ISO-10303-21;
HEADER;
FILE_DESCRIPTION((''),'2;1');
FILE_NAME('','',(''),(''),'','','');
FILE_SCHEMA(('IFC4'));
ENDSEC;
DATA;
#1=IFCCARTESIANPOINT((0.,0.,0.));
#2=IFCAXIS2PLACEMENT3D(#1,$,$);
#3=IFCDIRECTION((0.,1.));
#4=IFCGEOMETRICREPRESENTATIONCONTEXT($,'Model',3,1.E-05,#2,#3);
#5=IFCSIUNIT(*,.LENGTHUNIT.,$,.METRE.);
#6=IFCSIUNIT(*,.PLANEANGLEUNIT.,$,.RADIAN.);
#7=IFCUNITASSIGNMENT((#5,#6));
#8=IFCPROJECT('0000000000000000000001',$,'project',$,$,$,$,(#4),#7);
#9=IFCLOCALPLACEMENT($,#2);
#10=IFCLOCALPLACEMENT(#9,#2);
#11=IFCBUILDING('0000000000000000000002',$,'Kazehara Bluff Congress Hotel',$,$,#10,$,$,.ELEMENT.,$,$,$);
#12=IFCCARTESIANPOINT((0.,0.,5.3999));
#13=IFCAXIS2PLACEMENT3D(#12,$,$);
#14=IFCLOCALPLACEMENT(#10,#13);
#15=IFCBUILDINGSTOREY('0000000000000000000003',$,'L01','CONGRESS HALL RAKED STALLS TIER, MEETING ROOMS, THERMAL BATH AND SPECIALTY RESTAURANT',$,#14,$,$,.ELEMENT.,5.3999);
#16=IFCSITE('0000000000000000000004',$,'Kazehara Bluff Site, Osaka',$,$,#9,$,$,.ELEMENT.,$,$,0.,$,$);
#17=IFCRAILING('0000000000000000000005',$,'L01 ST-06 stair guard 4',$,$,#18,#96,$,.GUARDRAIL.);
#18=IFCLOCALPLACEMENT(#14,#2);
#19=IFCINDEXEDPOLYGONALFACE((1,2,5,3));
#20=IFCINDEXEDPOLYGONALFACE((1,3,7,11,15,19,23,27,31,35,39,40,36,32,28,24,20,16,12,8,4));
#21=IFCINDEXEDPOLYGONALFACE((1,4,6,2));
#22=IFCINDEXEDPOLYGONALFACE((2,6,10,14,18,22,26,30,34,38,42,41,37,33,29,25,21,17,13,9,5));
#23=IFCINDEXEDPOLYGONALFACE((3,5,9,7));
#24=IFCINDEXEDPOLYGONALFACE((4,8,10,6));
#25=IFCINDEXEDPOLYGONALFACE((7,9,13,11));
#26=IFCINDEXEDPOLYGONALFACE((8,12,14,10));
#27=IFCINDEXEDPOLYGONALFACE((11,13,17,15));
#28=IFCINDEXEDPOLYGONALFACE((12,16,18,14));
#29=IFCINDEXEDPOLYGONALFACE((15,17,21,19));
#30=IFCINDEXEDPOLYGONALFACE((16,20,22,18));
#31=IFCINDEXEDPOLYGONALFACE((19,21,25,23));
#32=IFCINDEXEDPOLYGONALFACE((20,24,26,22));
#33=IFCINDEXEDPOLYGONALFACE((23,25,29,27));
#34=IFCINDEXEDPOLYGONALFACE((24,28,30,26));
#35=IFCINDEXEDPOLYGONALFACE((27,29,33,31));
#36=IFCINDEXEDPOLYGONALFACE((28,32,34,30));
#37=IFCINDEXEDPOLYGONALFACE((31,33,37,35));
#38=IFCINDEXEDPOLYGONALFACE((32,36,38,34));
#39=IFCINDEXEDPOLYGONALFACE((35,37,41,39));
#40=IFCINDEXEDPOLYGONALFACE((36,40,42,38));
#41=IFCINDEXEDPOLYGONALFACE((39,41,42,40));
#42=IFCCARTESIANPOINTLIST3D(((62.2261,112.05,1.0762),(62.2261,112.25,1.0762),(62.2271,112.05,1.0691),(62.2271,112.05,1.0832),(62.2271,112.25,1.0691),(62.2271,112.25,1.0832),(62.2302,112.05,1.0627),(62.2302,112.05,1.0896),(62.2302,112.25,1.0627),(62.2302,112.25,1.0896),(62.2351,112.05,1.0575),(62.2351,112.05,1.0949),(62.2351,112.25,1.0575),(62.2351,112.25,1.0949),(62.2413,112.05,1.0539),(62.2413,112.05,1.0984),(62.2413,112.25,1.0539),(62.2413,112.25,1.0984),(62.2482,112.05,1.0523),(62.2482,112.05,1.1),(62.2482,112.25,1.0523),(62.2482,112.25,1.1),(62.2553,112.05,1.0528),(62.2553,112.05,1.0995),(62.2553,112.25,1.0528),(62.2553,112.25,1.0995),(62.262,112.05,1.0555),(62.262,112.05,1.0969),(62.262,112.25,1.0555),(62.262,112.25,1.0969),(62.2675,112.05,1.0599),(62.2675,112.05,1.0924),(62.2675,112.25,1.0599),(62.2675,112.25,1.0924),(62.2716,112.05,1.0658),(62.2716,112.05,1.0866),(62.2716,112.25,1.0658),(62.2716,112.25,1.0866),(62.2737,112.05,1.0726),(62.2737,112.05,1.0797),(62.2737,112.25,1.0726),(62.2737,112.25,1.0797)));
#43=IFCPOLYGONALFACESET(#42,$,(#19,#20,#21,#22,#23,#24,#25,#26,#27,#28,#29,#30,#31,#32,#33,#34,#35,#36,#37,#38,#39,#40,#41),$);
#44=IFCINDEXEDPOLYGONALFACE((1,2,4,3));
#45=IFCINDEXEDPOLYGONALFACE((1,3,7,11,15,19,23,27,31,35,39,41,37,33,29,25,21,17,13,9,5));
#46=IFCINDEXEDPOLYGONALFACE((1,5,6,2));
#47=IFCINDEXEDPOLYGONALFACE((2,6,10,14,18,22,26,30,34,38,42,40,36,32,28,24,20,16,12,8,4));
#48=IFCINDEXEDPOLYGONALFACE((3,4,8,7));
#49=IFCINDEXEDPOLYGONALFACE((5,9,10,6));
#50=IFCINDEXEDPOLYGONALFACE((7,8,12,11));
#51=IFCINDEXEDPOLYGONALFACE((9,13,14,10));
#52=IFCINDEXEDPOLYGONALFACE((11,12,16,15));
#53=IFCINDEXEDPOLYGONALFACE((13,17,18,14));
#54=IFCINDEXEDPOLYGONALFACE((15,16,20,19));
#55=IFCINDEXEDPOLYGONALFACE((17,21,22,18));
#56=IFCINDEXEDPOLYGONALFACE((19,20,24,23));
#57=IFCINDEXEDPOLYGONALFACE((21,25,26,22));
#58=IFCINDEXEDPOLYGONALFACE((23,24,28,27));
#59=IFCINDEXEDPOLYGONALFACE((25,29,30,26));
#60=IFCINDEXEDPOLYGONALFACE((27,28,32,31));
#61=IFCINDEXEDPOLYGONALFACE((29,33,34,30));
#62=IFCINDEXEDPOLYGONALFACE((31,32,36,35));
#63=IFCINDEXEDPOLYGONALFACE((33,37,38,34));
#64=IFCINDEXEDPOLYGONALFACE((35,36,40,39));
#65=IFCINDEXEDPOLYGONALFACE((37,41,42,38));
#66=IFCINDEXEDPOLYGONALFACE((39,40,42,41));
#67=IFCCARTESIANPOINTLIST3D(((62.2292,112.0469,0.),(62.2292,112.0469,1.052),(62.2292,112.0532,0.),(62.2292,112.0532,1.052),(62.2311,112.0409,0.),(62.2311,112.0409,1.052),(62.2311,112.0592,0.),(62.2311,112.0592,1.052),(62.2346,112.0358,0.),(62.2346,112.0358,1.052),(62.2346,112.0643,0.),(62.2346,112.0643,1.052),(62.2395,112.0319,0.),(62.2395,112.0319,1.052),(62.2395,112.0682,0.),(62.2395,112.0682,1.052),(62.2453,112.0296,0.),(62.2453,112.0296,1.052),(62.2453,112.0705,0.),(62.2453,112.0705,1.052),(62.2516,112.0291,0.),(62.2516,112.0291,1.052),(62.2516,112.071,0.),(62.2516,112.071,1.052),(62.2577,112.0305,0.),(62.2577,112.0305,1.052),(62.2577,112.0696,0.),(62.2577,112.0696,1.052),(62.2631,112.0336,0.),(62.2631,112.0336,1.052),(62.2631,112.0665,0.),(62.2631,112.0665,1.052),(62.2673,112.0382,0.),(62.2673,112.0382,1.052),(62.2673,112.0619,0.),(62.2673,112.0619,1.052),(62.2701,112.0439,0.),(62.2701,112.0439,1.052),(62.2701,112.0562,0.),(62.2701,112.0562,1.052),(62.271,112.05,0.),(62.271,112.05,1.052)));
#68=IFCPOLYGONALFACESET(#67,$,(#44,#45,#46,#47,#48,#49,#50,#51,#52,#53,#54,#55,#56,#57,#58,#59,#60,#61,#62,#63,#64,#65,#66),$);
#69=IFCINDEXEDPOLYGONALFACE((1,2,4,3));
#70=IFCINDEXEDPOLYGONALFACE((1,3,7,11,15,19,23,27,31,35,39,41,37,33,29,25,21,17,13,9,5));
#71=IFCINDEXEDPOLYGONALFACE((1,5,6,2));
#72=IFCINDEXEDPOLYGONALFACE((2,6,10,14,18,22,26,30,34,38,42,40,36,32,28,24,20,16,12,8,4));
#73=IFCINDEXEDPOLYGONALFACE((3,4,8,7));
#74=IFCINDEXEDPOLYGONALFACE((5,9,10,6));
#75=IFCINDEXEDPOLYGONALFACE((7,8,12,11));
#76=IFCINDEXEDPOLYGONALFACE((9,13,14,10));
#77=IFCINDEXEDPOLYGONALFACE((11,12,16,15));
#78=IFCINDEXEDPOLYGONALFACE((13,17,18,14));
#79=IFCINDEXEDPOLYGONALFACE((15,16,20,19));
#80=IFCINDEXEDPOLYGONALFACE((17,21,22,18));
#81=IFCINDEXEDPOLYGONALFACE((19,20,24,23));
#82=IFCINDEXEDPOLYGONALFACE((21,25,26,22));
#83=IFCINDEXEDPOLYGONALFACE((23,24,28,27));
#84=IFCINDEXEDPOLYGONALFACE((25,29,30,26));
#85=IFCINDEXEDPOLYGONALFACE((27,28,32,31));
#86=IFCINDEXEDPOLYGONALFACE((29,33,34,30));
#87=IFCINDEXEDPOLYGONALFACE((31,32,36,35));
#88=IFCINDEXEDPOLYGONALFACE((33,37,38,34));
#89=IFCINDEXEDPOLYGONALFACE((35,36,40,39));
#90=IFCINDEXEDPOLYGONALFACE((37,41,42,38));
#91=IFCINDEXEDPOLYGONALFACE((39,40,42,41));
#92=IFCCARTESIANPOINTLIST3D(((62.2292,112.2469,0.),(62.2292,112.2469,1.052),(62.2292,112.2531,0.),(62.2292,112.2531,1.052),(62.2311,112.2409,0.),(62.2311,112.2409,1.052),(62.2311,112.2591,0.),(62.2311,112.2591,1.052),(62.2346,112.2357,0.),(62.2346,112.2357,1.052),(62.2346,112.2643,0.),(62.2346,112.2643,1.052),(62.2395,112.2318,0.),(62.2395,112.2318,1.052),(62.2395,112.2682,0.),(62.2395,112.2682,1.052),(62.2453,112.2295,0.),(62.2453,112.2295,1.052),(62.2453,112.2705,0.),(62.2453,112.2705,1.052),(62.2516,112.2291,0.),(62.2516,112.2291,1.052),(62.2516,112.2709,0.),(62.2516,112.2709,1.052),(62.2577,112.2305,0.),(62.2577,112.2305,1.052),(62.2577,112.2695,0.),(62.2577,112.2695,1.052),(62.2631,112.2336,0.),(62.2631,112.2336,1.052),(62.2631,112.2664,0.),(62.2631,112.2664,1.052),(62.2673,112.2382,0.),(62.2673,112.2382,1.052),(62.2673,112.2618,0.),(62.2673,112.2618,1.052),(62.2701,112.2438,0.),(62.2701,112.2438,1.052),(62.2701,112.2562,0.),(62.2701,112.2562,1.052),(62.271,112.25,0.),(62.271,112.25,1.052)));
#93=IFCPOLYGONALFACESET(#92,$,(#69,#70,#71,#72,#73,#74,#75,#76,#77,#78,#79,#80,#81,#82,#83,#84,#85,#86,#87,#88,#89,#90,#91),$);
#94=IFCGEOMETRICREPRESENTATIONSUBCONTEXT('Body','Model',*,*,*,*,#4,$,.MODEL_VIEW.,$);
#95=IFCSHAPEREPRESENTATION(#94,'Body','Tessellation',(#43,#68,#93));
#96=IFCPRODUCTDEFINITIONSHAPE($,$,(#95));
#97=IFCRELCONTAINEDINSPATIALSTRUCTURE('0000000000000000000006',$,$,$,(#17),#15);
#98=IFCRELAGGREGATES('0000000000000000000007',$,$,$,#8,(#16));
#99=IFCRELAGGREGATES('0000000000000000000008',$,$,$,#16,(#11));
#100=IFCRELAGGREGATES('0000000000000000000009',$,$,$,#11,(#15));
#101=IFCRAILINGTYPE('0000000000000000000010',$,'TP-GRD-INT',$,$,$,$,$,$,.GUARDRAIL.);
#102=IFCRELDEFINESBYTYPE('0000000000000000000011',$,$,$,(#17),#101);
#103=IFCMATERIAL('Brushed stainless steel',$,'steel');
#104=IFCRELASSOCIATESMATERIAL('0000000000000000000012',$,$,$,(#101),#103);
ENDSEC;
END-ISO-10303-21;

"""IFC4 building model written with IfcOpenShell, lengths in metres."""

from ifc_helpers import new_model, si_unit, direction, frame, origin, origin_2d, place, context, subcontext, project, spatial, circle, extrude, material, type_object, element, save


model = new_model("IFC4")

# Units and contexts
model_context = context("Model", 3, precision=1e-05, world=origin(), true_north=direction((0.0, 1.0)))
body_context = subcontext(model_context, "Body", "Model", "MODEL_VIEW")
ifc_project = project(units=[si_unit("LENGTHUNIT", "METRE"), si_unit("PLANEANGLEUNIT", "RADIAN")], contexts=[model_context])

# Site, building, storey
site_placement = place(None, origin())
site = spatial("IfcSite", under=ifc_project, at=site_placement, Name="Kazehara Bluff Site, Osaka", CompositionType="ELEMENT", RefElevation=0.0)
building_placement = place(site_placement, origin())
building = spatial("IfcBuilding", under=site, at=building_placement, Name="Kazehara Bluff Congress Hotel", CompositionType="ELEMENT")
storey_placement = place(building_placement, frame((0.0, 0.0, 5.3999)))
storey = spatial("IfcBuildingStorey", under=building, at=storey_placement, Name="L01", Description="CONGRESS HALL RAKED STALLS TIER, MEETING ROOMS, THERMAL BATH AND SPECIALTY RESTAURANT", CompositionType="ELEMENT", Elevation=5.3999)

# Railing
ifc_material_1 = material(Name="Brushed stainless steel", Category="steel")
railing_type_1 = type_object("IfcRailingType", Name="TP-GRD-INT", PredefinedType="GUARDRAIL", material=ifc_material_1)
railing_1_placement = place(storey_placement, frame((62.25, 112.05, 0.0)))
element("IfcRailing", 1, at=railing_1_placement, inside=storey, type_object=railing_type_1, Name="L01 ST-06 stair guard 4", PredefinedType="GUARDRAIL", context=body_context, shape_type="SweptSolid", body=[
    extrude(circle(Radius=0.0239, at=origin_2d()), frame((0.0, 0.0, 1.0762), z_axis=(0.0, 1.0, 0.0), x_axis=(-1.0, 0.0, 0.0)), (0.0, 0.0, 1.0), 0.2),
    extrude(circle(Radius=0.021, at=origin_2d()), origin(), (0.0, 0.0, 1.0), 1.052),
    extrude(circle(Radius=0.021, at=origin_2d()), frame((0.0, 0.2, 0.0)), (0.0, 0.0, 1.0), 1.052),
])

save(model, "model.ifc")
